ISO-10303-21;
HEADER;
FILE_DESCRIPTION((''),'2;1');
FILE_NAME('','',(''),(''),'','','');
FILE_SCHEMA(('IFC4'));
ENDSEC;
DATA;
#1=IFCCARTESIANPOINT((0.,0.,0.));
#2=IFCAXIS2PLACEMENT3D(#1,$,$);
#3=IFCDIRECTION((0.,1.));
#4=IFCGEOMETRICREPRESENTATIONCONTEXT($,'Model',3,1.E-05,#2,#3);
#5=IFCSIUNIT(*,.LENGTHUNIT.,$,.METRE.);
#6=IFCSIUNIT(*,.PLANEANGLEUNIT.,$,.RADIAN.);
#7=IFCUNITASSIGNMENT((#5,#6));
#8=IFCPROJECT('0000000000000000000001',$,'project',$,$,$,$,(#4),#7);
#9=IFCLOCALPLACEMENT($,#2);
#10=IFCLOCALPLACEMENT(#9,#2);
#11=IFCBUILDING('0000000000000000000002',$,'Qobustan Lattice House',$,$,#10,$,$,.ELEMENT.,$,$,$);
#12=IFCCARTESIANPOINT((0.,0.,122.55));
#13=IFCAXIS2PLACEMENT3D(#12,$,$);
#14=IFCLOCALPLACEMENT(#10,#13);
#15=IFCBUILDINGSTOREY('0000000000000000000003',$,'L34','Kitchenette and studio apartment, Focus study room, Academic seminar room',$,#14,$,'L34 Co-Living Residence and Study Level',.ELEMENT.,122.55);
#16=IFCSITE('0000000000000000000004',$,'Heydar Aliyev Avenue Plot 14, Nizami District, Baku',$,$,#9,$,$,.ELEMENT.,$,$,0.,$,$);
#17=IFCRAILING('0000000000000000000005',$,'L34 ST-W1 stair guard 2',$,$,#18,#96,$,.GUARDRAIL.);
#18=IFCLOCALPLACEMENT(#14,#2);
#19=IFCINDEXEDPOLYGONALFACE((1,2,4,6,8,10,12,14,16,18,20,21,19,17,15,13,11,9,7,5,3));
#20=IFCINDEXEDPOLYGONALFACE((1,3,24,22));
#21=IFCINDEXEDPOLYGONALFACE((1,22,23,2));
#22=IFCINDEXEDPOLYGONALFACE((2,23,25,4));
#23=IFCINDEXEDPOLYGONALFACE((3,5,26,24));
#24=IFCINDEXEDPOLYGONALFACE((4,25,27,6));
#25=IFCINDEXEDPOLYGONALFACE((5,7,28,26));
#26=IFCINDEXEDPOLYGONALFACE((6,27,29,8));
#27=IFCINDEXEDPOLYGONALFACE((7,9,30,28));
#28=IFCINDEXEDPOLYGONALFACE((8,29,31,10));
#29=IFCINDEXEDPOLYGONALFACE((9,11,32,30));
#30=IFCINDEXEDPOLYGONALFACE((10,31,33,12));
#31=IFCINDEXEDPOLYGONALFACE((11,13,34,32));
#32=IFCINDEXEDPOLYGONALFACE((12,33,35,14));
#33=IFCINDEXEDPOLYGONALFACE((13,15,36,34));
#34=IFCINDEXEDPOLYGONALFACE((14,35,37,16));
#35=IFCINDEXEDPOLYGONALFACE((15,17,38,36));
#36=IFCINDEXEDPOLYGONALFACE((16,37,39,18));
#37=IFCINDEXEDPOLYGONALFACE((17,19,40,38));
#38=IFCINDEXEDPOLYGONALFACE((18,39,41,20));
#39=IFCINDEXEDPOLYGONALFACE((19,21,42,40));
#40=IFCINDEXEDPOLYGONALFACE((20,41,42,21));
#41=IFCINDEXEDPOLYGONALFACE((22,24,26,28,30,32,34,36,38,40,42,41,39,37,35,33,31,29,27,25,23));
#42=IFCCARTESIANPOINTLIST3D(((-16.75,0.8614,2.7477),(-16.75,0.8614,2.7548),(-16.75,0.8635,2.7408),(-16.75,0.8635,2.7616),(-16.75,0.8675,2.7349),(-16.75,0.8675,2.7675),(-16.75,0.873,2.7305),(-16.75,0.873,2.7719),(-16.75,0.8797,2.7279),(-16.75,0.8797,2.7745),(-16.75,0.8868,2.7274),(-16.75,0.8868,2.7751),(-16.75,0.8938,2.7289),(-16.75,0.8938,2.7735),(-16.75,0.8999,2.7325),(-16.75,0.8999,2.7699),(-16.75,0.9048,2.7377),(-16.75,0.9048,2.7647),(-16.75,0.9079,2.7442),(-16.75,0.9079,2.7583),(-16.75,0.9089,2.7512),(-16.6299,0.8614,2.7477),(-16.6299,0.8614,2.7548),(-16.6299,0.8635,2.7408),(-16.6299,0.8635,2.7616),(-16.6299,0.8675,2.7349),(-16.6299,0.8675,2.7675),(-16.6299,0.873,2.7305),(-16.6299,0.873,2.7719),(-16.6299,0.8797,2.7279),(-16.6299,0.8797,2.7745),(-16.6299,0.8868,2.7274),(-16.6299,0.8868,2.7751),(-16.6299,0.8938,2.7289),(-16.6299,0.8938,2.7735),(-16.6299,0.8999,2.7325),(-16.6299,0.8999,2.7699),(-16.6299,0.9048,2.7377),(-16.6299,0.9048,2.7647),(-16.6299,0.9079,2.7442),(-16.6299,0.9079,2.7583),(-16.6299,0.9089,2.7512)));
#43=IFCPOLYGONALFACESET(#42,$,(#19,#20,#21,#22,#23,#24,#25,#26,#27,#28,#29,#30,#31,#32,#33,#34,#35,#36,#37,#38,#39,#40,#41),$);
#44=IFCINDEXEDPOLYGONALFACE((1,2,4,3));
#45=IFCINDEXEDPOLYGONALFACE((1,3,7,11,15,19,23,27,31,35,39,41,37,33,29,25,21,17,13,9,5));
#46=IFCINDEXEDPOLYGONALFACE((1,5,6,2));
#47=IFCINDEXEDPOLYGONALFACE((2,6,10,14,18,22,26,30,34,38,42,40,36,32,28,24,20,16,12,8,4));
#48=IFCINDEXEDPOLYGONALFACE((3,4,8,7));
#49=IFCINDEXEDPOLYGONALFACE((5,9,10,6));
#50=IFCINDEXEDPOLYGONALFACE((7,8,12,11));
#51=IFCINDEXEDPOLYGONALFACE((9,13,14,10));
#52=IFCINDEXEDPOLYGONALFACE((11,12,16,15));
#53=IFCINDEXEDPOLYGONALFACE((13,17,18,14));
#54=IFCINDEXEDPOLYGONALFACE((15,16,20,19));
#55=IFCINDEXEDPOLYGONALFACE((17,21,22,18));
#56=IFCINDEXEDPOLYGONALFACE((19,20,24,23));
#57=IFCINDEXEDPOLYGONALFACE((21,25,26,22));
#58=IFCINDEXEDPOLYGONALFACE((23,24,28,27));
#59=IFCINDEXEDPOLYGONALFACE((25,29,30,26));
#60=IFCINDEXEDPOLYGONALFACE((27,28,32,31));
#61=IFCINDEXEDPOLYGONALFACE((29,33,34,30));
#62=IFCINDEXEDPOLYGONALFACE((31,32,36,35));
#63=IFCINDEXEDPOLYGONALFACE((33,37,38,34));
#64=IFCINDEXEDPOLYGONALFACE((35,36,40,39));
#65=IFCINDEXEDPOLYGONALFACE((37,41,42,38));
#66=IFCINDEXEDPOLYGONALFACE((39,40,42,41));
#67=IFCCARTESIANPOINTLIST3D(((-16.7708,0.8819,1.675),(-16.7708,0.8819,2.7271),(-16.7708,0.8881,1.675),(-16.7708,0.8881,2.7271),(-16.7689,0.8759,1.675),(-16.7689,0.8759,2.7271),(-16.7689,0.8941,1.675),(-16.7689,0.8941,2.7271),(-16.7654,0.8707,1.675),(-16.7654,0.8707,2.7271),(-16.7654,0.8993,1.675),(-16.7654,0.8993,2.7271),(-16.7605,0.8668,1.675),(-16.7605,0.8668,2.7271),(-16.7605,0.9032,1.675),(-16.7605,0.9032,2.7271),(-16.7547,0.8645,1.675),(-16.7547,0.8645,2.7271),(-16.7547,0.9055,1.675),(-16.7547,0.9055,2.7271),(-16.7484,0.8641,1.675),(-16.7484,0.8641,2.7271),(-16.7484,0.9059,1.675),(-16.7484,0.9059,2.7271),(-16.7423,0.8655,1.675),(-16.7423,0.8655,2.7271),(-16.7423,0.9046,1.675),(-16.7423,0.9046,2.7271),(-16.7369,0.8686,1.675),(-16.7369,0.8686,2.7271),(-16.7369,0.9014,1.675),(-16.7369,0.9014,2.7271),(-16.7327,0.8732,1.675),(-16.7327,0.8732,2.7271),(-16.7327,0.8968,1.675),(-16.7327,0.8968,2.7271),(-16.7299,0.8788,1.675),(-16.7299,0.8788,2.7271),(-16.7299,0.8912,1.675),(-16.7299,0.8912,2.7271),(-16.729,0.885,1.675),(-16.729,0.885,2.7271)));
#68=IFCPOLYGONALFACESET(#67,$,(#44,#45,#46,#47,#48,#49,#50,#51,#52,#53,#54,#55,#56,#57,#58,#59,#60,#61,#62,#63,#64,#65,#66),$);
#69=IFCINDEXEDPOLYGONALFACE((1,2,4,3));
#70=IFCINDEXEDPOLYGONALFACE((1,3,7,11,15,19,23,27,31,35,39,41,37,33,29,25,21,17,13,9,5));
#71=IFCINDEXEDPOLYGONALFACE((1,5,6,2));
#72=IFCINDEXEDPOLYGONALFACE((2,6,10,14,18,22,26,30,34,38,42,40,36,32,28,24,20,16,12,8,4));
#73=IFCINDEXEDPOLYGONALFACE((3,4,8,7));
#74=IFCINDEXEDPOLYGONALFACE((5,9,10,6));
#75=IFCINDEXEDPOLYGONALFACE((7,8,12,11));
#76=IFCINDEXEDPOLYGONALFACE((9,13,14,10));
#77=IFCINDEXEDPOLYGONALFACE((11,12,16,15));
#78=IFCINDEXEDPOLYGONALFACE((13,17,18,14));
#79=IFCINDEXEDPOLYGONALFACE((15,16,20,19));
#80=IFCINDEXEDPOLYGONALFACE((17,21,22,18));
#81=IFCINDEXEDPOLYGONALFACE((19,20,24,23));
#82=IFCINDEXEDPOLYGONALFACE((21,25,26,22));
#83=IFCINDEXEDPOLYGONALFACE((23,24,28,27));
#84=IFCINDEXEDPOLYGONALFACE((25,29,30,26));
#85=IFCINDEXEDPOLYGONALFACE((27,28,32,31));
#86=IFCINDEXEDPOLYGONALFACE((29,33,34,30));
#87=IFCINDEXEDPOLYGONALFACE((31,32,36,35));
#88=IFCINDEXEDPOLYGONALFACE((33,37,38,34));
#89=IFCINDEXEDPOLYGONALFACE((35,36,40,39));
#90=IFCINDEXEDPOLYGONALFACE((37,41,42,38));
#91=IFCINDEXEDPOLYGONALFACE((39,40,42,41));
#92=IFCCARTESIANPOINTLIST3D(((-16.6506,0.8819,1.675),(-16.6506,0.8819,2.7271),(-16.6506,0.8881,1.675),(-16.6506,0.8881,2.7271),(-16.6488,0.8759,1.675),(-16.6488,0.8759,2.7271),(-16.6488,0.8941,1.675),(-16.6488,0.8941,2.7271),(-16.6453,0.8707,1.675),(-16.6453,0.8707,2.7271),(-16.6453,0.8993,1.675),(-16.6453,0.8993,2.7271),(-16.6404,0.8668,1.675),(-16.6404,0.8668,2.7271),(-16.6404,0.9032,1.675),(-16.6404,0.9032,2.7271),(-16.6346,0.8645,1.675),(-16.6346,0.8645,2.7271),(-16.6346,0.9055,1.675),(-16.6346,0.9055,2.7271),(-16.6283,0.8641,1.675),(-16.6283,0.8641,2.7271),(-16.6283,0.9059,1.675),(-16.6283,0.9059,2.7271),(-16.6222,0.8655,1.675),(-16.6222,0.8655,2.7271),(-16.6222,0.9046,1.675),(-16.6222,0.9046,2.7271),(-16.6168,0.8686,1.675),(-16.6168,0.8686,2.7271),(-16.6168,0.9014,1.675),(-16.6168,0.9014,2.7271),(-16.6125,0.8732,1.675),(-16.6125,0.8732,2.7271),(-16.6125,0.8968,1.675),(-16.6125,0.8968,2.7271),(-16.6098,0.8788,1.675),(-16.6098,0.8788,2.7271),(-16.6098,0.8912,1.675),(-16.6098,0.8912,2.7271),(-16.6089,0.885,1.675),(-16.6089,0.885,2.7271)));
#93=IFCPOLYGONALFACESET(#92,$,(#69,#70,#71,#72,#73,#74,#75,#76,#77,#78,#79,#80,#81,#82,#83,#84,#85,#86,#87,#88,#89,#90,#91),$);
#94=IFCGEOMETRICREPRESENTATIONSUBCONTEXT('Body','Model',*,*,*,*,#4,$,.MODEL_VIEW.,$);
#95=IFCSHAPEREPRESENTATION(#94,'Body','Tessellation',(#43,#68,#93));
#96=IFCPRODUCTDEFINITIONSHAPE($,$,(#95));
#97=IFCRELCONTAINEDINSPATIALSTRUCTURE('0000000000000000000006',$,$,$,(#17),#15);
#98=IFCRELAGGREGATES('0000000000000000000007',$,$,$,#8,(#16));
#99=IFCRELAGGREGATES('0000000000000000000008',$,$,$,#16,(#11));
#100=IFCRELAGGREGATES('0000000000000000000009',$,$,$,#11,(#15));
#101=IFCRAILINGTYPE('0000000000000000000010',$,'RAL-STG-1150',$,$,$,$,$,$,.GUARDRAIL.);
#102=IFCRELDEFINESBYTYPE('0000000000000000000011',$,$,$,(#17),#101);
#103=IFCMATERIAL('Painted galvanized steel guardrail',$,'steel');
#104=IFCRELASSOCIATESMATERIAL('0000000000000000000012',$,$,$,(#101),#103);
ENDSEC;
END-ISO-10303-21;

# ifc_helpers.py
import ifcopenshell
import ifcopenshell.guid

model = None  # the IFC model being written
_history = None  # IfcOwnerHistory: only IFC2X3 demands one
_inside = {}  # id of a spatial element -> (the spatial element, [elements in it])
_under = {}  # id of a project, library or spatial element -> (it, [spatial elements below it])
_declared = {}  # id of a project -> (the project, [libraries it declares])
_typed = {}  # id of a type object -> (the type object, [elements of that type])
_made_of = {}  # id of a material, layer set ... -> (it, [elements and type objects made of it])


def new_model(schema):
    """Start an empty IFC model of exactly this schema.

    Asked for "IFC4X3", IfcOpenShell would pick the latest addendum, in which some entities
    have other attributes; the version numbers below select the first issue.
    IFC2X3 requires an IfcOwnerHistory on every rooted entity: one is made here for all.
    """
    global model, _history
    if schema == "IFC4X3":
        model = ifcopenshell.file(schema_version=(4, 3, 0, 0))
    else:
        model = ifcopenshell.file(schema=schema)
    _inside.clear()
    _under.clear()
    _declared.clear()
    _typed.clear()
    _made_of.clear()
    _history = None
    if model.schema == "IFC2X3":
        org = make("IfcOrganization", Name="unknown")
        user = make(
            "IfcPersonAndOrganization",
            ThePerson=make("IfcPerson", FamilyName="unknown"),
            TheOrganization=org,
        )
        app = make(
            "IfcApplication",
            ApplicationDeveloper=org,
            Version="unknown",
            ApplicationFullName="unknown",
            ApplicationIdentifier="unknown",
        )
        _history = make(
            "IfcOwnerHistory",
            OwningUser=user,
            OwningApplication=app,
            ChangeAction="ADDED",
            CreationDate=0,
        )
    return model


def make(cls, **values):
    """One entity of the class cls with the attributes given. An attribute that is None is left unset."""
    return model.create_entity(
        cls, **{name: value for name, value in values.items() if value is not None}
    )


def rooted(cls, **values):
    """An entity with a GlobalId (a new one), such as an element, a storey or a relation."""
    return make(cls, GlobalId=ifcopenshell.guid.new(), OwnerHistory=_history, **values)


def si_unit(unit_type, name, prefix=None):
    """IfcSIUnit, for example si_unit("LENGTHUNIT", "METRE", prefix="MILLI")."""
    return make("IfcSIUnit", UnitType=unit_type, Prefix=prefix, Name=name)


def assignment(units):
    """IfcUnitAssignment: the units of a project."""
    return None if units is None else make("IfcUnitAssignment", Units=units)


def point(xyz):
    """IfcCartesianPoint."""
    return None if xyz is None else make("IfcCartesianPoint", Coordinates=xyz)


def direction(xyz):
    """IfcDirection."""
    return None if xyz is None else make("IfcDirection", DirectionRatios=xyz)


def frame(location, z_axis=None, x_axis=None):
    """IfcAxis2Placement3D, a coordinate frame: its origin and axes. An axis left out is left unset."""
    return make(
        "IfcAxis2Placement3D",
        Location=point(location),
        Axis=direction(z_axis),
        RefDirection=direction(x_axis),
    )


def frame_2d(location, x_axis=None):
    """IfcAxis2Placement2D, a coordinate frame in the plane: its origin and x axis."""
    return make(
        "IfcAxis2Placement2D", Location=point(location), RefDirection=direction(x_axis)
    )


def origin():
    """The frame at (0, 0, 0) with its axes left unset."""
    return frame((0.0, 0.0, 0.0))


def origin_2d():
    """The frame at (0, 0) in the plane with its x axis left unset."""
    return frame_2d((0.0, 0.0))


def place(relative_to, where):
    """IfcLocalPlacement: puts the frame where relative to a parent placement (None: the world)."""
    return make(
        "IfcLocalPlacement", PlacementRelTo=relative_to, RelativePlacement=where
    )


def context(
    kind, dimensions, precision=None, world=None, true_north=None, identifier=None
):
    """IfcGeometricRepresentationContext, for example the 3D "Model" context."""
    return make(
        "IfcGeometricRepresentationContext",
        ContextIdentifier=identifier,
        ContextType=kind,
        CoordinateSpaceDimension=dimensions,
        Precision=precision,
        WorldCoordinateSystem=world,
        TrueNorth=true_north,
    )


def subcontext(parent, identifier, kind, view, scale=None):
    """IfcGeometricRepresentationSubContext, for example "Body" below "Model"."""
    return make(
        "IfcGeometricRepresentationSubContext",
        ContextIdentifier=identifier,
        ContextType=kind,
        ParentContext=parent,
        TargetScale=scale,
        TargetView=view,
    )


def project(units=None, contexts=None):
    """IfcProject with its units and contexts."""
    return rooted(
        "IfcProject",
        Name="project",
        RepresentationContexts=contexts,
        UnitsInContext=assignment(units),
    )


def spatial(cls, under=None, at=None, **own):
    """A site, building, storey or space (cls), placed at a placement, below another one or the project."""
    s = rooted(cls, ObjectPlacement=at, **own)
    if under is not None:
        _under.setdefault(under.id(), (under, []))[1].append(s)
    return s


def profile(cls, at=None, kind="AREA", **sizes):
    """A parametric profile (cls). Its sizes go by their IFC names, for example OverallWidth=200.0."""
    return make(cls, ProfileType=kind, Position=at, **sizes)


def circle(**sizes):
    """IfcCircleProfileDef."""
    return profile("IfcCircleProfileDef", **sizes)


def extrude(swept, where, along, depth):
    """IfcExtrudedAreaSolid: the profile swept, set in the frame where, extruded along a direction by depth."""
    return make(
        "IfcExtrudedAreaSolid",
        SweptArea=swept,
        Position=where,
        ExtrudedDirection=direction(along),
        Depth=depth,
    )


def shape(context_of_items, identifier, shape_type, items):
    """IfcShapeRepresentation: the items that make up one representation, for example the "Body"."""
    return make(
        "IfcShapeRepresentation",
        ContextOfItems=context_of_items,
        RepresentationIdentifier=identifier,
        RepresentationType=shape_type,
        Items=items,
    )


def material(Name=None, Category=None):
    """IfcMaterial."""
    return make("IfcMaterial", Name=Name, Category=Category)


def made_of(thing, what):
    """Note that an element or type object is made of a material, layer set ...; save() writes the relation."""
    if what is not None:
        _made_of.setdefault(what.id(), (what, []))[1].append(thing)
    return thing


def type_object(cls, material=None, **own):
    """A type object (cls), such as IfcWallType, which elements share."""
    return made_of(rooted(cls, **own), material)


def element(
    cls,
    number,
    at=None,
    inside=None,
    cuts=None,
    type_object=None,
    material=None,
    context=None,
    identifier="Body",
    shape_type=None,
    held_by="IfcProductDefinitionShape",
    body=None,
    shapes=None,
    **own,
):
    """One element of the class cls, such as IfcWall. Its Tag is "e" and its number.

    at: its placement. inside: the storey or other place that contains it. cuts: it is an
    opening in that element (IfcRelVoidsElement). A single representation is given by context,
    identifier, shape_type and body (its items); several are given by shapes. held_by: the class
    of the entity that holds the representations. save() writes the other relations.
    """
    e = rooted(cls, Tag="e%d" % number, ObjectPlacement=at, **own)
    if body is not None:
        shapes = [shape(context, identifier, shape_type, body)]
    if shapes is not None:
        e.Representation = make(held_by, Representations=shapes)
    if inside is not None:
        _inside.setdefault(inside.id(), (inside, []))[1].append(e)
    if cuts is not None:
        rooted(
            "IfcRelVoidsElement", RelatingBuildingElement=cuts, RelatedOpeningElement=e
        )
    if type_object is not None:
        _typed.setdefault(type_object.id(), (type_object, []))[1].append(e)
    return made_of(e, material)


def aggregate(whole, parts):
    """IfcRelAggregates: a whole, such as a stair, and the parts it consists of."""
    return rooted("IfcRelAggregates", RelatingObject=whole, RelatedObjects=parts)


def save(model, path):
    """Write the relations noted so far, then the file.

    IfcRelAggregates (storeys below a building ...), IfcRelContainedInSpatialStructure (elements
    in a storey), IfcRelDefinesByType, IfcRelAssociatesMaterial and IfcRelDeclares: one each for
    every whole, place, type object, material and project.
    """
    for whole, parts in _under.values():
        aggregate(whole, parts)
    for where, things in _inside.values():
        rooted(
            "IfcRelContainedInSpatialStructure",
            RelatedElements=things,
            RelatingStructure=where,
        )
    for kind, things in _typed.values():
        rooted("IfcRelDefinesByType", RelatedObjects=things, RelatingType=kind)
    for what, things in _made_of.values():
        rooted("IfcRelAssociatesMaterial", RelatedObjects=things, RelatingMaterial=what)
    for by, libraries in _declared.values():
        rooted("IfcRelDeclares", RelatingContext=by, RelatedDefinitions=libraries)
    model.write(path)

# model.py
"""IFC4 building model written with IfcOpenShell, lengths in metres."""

from ifc_helpers import new_model, si_unit, direction, frame, origin, origin_2d, place, context, subcontext, project, spatial, circle, extrude, material, type_object, element, save


model = new_model("IFC4")

# Units and contexts
model_context = context("Model", 3, precision=1e-05, world=origin(), true_north=direction((0.0, 1.0)))
body_context = subcontext(model_context, "Body", "Model", "MODEL_VIEW")
ifc_project = project(units=[si_unit("LENGTHUNIT", "METRE"), si_unit("PLANEANGLEUNIT", "RADIAN")], contexts=[model_context])

# Site, building, storey
site_placement = place(None, origin())
site = spatial("IfcSite", under=ifc_project, at=site_placement, Name="Heydar Aliyev Avenue Plot 14, Nizami District, Baku", CompositionType="ELEMENT", RefElevation=0.0)
building_placement = place(site_placement, origin())
building = spatial("IfcBuilding", under=site, at=building_placement, Name="Qobustan Lattice House", CompositionType="ELEMENT")
storey_placement = place(building_placement, frame((0.0, 0.0, 122.55)))
storey = spatial("IfcBuildingStorey", under=building, at=storey_placement, Name="L34", Description="Kitchenette and studio apartment, Focus study room, Academic seminar room", LongName="L34 Co-Living Residence and Study Level", CompositionType="ELEMENT", Elevation=122.55)

# Railing
ifc_material_1 = material(Name="Painted galvanized steel guardrail", Category="steel")
railing_type_1 = type_object("IfcRailingType", Name="RAL-STG-1150", PredefinedType="GUARDRAIL", material=ifc_material_1)
railing_1_placement = place(storey_placement, frame((-16.75, 0.885, 1.675)))
element("IfcRailing", 1, at=railing_1_placement, inside=storey, type_object=railing_type_1, Name="L34 ST-W1 stair guard 2", PredefinedType="GUARDRAIL", context=body_context, shape_type="SweptSolid", body=[
    extrude(circle(Radius=0.0239, at=origin_2d()), frame((0.0, 0.0, 1.0762), z_axis=(1.0, 0.0, 0.0), x_axis=(0.0, 1.0, 0.0)), (0.0, 0.0, 1.0), 0.1201),
    extrude(circle(Radius=0.021, at=origin_2d()), origin(), (0.0, 0.0, 1.0), 1.052),
    extrude(circle(Radius=0.021, at=origin_2d()), frame((0.1201, 0.0, 0.0)), (0.0, 0.0, 1.0), 1.052),
])

save(model, "model.ifc")
